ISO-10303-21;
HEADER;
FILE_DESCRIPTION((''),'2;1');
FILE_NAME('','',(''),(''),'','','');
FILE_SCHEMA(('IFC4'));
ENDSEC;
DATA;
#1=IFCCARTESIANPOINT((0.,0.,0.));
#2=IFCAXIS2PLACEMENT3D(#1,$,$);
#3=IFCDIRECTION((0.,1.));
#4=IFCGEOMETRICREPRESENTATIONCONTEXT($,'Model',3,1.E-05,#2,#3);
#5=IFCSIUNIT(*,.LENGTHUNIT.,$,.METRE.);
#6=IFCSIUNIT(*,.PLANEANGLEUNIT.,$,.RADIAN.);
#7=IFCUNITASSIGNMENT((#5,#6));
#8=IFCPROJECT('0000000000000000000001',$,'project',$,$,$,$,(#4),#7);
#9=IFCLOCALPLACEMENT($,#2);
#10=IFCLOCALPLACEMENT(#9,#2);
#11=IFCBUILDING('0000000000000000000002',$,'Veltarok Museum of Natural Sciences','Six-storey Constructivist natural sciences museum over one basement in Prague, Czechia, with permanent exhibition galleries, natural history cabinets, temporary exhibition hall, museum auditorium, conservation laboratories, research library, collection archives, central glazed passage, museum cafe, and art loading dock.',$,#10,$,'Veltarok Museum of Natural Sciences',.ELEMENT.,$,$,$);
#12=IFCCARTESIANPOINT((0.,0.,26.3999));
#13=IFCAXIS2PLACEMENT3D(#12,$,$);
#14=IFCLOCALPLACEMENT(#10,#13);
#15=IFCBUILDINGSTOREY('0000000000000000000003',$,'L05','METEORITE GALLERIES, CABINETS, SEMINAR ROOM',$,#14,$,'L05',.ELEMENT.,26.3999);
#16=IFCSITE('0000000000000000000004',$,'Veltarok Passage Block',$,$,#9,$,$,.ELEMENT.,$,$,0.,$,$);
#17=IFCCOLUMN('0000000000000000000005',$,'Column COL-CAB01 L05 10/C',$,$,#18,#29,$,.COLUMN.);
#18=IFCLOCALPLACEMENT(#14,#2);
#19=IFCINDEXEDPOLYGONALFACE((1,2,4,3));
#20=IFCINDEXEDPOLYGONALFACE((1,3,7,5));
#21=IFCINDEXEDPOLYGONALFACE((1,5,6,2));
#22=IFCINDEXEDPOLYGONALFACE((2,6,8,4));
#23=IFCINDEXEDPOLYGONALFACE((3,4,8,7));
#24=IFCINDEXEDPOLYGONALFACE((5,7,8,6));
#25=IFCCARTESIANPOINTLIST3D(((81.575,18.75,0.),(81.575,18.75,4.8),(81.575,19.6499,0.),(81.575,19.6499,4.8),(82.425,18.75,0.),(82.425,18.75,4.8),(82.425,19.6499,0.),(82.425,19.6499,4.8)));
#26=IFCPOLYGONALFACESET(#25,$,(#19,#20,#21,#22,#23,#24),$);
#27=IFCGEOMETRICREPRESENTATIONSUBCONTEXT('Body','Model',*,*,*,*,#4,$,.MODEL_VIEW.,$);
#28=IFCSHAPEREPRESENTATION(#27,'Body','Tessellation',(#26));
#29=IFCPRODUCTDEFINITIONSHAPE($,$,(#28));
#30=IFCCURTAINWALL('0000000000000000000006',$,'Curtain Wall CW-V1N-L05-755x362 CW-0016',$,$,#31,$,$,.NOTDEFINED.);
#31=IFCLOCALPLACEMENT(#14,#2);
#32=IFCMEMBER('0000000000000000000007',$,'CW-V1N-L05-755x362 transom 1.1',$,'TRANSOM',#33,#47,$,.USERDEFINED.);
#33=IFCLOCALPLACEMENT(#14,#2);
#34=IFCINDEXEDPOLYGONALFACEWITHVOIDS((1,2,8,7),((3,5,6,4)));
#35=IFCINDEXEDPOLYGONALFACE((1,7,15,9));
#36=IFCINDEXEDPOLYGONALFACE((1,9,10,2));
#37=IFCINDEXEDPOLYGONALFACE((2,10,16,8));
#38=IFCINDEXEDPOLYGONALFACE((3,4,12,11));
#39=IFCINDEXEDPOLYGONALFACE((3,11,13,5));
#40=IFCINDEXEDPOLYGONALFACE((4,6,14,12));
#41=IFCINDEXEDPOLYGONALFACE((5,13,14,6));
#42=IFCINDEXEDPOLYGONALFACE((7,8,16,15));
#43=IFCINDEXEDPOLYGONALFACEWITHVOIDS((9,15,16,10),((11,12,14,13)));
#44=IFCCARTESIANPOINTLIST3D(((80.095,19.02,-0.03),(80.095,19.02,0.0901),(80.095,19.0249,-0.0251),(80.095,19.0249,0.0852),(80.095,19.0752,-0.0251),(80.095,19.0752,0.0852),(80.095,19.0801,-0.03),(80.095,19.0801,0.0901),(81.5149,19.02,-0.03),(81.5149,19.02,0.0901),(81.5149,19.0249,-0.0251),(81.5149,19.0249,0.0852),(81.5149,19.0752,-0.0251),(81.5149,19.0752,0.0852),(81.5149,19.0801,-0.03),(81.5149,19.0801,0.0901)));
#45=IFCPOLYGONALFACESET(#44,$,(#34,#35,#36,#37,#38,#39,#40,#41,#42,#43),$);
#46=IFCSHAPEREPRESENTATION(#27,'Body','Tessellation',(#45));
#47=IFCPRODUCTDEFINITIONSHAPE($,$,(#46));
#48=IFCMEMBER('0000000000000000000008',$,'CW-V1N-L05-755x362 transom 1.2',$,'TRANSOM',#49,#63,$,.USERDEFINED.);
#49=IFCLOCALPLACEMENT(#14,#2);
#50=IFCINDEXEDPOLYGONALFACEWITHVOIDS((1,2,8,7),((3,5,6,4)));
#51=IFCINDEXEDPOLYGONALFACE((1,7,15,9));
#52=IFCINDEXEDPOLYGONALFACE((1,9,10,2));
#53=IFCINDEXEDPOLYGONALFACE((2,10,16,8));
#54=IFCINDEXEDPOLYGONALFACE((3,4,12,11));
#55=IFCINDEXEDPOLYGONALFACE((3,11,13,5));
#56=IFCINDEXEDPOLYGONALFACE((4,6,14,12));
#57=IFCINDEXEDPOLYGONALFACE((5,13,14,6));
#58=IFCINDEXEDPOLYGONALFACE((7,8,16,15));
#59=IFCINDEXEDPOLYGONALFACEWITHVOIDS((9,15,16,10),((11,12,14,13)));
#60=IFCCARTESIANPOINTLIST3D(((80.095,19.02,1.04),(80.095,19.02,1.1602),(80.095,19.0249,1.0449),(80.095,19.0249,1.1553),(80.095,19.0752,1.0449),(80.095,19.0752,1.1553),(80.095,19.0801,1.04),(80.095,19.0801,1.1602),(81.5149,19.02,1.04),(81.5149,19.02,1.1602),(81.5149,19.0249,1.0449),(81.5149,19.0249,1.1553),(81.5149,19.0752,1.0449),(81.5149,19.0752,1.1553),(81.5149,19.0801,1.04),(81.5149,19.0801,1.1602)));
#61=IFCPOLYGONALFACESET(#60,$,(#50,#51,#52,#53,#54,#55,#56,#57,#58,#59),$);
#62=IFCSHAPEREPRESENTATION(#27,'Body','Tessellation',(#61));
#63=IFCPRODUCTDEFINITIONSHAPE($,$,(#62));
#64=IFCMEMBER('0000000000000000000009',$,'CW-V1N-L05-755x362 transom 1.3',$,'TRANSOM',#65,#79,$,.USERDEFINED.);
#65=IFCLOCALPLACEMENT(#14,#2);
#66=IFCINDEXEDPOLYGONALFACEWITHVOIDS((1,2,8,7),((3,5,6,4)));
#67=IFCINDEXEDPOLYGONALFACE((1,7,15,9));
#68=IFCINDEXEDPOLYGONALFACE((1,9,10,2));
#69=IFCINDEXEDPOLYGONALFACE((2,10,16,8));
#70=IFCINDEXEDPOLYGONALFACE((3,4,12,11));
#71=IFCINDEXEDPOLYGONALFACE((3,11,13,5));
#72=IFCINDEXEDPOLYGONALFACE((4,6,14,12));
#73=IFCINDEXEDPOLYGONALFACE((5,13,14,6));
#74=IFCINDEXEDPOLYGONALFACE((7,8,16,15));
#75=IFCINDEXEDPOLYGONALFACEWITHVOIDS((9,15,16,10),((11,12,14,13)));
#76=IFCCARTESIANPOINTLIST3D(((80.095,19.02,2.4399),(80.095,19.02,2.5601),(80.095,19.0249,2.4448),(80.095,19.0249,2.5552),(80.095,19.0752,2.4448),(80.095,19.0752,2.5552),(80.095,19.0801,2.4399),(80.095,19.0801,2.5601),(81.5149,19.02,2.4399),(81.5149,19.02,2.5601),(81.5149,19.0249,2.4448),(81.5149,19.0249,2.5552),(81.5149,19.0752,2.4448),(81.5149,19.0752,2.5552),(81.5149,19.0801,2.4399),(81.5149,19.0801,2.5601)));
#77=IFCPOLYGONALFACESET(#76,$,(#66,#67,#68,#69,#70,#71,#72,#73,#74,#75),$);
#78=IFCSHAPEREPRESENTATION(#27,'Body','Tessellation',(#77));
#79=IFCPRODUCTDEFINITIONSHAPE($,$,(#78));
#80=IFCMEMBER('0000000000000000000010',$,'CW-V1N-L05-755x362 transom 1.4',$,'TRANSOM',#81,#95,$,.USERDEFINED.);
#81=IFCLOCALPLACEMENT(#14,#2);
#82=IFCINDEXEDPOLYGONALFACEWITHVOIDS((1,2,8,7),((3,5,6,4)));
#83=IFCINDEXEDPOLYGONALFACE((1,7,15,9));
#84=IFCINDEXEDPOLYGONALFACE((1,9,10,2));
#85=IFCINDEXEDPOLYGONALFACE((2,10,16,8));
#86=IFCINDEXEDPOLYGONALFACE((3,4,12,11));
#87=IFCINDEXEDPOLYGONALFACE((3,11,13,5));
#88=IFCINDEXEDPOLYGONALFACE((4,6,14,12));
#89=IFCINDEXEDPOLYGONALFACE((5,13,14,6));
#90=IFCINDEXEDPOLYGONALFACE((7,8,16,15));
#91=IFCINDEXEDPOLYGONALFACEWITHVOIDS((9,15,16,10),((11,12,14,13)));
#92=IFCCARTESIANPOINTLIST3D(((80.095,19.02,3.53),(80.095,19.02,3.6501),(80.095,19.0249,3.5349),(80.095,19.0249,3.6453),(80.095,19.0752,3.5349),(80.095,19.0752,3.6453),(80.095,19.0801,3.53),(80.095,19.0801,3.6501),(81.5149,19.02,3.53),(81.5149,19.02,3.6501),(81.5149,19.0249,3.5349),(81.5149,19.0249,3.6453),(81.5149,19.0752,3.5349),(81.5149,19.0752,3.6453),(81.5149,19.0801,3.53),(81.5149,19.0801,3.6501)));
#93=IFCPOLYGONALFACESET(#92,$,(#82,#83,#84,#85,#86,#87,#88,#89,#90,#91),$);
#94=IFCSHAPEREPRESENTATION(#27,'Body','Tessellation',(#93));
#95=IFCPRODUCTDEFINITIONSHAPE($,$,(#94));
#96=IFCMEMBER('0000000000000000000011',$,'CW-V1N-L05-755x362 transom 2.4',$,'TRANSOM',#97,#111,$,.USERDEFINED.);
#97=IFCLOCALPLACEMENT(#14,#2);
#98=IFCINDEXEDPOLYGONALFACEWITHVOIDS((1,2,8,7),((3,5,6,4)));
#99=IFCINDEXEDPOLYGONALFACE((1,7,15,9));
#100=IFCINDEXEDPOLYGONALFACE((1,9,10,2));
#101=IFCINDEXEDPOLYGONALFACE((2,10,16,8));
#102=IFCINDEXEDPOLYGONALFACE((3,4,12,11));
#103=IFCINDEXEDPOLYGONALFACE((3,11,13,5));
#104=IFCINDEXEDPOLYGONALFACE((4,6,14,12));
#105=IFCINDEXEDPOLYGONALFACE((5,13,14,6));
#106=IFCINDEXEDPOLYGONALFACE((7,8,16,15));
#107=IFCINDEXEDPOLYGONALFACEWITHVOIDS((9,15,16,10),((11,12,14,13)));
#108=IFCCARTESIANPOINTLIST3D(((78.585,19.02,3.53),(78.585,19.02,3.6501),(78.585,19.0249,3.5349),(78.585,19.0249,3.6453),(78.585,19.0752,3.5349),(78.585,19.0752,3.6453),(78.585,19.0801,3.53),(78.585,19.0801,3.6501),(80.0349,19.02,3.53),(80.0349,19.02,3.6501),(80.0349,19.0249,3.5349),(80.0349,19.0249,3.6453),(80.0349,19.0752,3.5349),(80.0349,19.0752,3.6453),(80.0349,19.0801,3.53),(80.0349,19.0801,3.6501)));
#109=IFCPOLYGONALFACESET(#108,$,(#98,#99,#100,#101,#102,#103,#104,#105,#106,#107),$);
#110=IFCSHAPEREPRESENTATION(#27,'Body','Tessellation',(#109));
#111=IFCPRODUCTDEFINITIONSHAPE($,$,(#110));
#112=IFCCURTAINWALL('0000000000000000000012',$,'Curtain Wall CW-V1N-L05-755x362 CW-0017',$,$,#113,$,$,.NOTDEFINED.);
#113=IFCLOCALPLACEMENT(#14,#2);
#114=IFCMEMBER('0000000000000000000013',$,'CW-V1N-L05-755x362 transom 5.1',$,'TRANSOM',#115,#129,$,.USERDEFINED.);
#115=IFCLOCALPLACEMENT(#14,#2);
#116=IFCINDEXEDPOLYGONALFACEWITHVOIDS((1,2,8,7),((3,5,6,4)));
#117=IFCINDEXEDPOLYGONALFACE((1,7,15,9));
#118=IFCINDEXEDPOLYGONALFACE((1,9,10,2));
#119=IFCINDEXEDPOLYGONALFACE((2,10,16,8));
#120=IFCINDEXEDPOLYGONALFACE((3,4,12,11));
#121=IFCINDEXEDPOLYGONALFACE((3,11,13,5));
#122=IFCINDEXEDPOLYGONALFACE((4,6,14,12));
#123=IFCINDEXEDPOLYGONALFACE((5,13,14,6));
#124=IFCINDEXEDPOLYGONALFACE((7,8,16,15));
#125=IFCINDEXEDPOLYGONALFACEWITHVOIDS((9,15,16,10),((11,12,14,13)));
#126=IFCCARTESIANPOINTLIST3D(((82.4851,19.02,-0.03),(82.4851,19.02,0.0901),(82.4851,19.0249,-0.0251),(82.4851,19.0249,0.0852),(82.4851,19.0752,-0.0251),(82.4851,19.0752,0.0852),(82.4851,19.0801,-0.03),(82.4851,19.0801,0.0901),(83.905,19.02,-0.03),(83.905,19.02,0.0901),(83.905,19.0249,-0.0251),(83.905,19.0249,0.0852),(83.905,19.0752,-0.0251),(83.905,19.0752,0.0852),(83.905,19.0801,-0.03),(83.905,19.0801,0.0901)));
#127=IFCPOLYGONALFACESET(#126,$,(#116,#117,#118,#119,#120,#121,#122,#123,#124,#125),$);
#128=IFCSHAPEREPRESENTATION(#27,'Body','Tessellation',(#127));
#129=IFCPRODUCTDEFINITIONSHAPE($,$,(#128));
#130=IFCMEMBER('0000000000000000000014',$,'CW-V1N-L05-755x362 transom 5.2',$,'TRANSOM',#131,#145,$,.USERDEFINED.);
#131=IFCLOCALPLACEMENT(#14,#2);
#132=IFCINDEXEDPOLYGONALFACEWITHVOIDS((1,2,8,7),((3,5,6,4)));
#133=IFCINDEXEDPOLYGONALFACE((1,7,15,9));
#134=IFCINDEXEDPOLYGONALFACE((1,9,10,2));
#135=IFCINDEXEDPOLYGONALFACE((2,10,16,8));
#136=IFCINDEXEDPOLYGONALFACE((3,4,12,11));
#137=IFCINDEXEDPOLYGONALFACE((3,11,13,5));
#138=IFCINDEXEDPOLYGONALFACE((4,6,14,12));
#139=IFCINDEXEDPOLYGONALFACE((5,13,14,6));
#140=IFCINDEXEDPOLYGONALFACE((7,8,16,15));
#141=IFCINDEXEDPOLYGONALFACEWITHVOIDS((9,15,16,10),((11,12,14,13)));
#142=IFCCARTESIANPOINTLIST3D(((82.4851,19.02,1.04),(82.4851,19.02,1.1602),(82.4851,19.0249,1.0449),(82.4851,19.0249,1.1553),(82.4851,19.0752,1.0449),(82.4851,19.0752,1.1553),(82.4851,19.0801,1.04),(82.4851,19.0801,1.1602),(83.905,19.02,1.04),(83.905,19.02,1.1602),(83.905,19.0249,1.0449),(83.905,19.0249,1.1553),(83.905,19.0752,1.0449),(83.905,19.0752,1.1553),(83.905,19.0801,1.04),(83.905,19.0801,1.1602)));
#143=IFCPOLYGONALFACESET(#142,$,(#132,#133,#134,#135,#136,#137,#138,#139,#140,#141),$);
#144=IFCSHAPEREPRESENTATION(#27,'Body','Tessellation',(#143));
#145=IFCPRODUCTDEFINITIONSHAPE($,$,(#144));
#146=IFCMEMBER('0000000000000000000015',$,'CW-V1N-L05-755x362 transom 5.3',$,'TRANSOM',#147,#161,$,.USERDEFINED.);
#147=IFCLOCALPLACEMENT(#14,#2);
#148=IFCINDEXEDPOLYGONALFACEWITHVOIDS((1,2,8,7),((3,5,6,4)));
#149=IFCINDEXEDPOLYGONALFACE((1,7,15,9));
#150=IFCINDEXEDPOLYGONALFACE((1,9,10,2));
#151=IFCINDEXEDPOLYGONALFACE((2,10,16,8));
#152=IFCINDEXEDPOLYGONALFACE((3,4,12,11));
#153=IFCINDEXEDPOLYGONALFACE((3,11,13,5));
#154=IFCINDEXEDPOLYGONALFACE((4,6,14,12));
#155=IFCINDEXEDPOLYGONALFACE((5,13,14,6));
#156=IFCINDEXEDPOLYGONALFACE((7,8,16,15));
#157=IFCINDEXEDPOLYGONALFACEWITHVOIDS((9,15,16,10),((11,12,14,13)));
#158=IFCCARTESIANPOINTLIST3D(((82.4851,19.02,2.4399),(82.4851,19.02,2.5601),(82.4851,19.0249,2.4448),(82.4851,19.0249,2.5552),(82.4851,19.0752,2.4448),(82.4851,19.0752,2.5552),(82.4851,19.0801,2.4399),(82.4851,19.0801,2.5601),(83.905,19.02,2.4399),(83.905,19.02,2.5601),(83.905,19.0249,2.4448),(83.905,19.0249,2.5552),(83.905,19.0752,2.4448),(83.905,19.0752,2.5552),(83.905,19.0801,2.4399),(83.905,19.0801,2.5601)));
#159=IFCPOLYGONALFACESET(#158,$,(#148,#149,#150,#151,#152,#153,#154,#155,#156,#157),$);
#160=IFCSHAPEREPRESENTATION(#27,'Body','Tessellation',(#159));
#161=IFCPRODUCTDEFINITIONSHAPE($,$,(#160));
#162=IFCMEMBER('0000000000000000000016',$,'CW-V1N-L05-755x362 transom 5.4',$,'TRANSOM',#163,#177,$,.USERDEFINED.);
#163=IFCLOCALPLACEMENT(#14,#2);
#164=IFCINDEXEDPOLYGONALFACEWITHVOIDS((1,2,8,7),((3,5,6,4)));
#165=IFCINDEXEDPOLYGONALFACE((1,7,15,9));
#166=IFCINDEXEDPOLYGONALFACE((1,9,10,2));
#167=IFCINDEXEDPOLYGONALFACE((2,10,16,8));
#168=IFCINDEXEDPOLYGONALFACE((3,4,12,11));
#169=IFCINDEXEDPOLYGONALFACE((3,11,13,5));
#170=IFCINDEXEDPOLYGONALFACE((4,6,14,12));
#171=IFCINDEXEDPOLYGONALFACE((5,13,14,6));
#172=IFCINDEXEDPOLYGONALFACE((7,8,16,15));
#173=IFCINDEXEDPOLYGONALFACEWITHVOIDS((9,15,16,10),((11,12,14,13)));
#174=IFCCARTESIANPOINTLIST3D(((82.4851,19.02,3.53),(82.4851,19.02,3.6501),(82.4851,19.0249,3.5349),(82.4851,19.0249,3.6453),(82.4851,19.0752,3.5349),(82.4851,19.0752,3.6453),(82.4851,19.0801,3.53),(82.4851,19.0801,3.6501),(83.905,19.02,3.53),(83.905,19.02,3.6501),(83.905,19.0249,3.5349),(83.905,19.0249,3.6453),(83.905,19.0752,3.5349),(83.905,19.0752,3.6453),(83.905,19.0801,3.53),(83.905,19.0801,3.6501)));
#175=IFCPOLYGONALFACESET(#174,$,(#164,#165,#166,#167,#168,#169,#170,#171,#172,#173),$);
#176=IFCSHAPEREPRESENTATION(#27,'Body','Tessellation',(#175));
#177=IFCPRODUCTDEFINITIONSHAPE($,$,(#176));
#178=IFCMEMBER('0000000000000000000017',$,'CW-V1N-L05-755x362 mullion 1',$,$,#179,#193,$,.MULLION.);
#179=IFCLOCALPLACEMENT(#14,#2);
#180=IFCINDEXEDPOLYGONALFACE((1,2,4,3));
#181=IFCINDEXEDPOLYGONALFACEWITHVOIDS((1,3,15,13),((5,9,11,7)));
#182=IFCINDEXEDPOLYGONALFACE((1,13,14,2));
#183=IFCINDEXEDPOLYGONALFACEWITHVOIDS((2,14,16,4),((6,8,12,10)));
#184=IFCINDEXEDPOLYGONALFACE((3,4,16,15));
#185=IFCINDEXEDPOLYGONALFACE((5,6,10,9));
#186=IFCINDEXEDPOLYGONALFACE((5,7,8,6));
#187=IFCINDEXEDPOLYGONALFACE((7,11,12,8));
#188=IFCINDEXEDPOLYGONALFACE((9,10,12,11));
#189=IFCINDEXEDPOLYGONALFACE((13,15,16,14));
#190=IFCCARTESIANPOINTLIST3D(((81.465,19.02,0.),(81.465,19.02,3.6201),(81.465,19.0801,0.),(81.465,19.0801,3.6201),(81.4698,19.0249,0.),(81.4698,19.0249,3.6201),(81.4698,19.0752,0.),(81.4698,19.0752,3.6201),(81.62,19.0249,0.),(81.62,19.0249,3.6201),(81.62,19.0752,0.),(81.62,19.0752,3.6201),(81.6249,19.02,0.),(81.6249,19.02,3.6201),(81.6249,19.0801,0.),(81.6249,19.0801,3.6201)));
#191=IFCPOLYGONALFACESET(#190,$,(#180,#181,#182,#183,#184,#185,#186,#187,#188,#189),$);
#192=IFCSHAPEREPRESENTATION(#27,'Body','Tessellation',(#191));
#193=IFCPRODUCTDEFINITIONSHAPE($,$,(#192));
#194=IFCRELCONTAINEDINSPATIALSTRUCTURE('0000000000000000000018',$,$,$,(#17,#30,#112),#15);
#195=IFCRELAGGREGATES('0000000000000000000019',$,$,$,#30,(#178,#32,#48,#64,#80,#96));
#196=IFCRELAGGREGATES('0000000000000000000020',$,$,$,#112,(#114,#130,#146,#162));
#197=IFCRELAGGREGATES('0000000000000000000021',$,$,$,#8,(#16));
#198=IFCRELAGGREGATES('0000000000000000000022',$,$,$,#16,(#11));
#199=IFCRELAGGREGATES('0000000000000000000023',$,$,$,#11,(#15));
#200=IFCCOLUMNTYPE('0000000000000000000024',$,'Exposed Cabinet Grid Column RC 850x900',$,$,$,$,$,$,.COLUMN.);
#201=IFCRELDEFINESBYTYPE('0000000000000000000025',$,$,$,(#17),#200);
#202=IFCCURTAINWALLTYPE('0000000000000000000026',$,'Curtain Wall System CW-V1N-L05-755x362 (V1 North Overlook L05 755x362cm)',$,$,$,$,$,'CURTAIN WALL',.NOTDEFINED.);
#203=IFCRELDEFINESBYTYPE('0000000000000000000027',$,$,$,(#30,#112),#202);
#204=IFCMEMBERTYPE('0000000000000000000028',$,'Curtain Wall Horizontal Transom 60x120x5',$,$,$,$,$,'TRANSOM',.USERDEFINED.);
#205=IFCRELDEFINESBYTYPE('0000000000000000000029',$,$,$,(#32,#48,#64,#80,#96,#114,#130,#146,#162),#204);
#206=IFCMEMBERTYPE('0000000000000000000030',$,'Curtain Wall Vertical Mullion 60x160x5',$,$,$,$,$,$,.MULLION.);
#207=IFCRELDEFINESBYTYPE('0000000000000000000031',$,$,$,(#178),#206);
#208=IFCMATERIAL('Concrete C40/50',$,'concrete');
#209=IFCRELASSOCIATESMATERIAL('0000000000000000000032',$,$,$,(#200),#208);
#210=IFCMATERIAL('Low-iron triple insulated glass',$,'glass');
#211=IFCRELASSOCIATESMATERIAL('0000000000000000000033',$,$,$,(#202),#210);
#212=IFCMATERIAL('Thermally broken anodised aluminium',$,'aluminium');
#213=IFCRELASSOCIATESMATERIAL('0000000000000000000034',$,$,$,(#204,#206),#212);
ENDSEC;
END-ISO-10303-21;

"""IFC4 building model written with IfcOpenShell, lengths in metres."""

from ifc_helpers import new_model, si_unit, direction, frame, origin, origin_2d, place, context, subcontext, project, spatial, rectangle, hollow_rectangle, extrude, material, material_profile, profile_set, type_object, element, aggregate, save


model = new_model("IFC4")

# Units and contexts
model_context = context("Model", 3, precision=1e-05, world=origin(), true_north=direction((0.0, 1.0)))
body_context = subcontext(model_context, "Body", "Model", "MODEL_VIEW")
ifc_project = project(units=[si_unit("LENGTHUNIT", "METRE"), si_unit("PLANEANGLEUNIT", "RADIAN")], contexts=[model_context])

# Site, building, storey
site_placement = place(None, origin())
site = spatial("IfcSite", under=ifc_project, at=site_placement, Name="Veltarok Passage Block", CompositionType="ELEMENT", RefElevation=0.0)
building_placement = place(site_placement, origin())
building = spatial("IfcBuilding", under=site, at=building_placement, Name="Veltarok Museum of Natural Sciences", Description="Six-storey Constructivist natural sciences museum over one basement in Prague, Czechia, with permanent exhibition galleries, natural history cabinets, temporary exhibition hall, museum auditorium, conservation laboratories, research library, collection archives, central glazed passage, museum cafe, and art loading dock.", LongName="Veltarok Museum of Natural Sciences", CompositionType="ELEMENT")
storey_placement = place(building_placement, frame((0.0, 0.0, 26.3999)))
storey = spatial("IfcBuildingStorey", under=building, at=storey_placement, Name="L05", Description="METEORITE GALLERIES, CABINETS, SEMINAR ROOM", LongName="L05", CompositionType="ELEMENT", Elevation=26.3999)

# Column
ifc_material_1 = material(Name="Concrete C40/50", Category="concrete")
ifc_material_profile_1 = material_profile(ifc_material_1, rectangle(XDim=0.8501, YDim=0.8999, at=origin_2d()), Name="RC 850x900")
ifc_profile_set_1 = profile_set([ifc_material_profile_1], Name="Concrete C40/50")
column_type = type_object("IfcColumnType", Name="Exposed Cabinet Grid Column RC 850x900", PredefinedType="COLUMN", material=ifc_profile_set_1)
column_placement = place(storey_placement, frame((82.0, 19.2, 0.0), z_axis=(0.0, 0.0, 1.0), x_axis=(1.0, 0.0, 0.0)))
element("IfcColumn", 1, at=column_placement, inside=storey, type_object=column_type, Name="Column COL-CAB01 L05 10/C", PredefinedType="COLUMN", context=body_context, shape_type="SweptSolid", body=[
    extrude(rectangle(XDim=0.8501, YDim=0.8999, at=origin_2d()), origin(), (0.0, 0.0, 1.0), 4.8),
])

# Curtain walls, members
ifc_material_2 = material(Name="Low-iron triple insulated glass", Category="glass")
curtain_wall_type = type_object("IfcCurtainWallType", Name="Curtain Wall System CW-V1N-L05-755x362 (V1 North Overlook L05 755x362cm)", ElementType="CURTAIN WALL", PredefinedType="NOTDEFINED", material=ifc_material_2)
curtain_wall_1_placement = place(storey_placement, origin())
curtain_wall_1 = element("IfcCurtainWall", 2, at=curtain_wall_1_placement, inside=storey, type_object=curtain_wall_type, Name="Curtain Wall CW-V1N-L05-755x362 CW-0016", PredefinedType="NOTDEFINED")
ifc_material_3 = material(Name="Thermally broken anodised aluminium", Category="aluminium")
ifc_material_profile_2 = material_profile(ifc_material_3, hollow_rectangle(XDim=0.0601, YDim=0.1201, WallThickness=0.0049, at=origin_2d()), Name="CW TRANSOM 60x120x5")
ifc_profile_set_2 = profile_set([ifc_material_profile_2], Name="Thermally broken anodised aluminium")
member_type_1 = type_object("IfcMemberType", Name="Curtain Wall Horizontal Transom 60x120x5", ElementType="TRANSOM", PredefinedType="USERDEFINED", material=ifc_profile_set_2)
member_1_placement = place(storey_placement, frame((81.5149, 19.05, 0.03), z_axis=(-1.0, 0.0, 0.0), x_axis=(0.0, -1.0, 0.0)))
member_1 = element("IfcMember", 3, at=member_1_placement, type_object=member_type_1, Name="CW-V1N-L05-755x362 transom 1.1", ObjectType="TRANSOM", PredefinedType="USERDEFINED", context=body_context, shape_type="SweptSolid", body=[
    extrude(hollow_rectangle(XDim=0.0601, YDim=0.1201, WallThickness=0.0049, at=origin_2d()), origin(), (0.0, 0.0, 1.0), 1.4199),
])
member_2_placement = place(storey_placement, frame((81.5149, 19.05, 1.1001), z_axis=(-1.0, 0.0, 0.0), x_axis=(0.0, -1.0, 0.0)))
member_2 = element("IfcMember", 4, at=member_2_placement, type_object=member_type_1, Name="CW-V1N-L05-755x362 transom 1.2", ObjectType="TRANSOM", PredefinedType="USERDEFINED", context=body_context, shape_type="SweptSolid", body=[
    extrude(hollow_rectangle(XDim=0.0601, YDim=0.1201, WallThickness=0.0049, at=origin_2d()), origin(), (0.0, 0.0, 1.0), 1.4199),
])
member_3_placement = place(storey_placement, frame((81.5149, 19.05, 2.5), z_axis=(-1.0, 0.0, 0.0), x_axis=(0.0, -1.0, 0.0)))
member_3 = element("IfcMember", 5, at=member_3_placement, type_object=member_type_1, Name="CW-V1N-L05-755x362 transom 1.3", ObjectType="TRANSOM", PredefinedType="USERDEFINED", context=body_context, shape_type="SweptSolid", body=[
    extrude(hollow_rectangle(XDim=0.0601, YDim=0.1201, WallThickness=0.0049, at=origin_2d()), origin(), (0.0, 0.0, 1.0), 1.4199),
])
member_4_placement = place(storey_placement, frame((81.5149, 19.05, 3.5901), z_axis=(-1.0, 0.0, 0.0), x_axis=(0.0, -1.0, 0.0)))
member_4 = element("IfcMember", 6, at=member_4_placement, type_object=member_type_1, Name="CW-V1N-L05-755x362 transom 1.4", ObjectType="TRANSOM", PredefinedType="USERDEFINED", context=body_context, shape_type="SweptSolid", body=[
    extrude(hollow_rectangle(XDim=0.0601, YDim=0.1201, WallThickness=0.0049, at=origin_2d()), origin(), (0.0, 0.0, 1.0), 1.4199),
])
member_5_placement = place(storey_placement, frame((80.0349, 19.05, 3.5901), z_axis=(-1.0, 0.0, 0.0), x_axis=(0.0, -1.0, 0.0)))
member_5 = element("IfcMember", 7, at=member_5_placement, type_object=member_type_1, Name="CW-V1N-L05-755x362 transom 2.4", ObjectType="TRANSOM", PredefinedType="USERDEFINED", context=body_context, shape_type="SweptSolid", body=[
    extrude(hollow_rectangle(XDim=0.0601, YDim=0.1201, WallThickness=0.0049, at=origin_2d()), origin(), (0.0, 0.0, 1.0), 1.45),
])
curtain_wall_2_placement = place(storey_placement, origin())
curtain_wall_2 = element("IfcCurtainWall", 8, at=curtain_wall_2_placement, inside=storey, type_object=curtain_wall_type, Name="Curtain Wall CW-V1N-L05-755x362 CW-0017", PredefinedType="NOTDEFINED")
member_6_placement = place(storey_placement, frame((83.905, 19.05, 0.03), z_axis=(-1.0, 0.0, 0.0), x_axis=(0.0, -1.0, 0.0)))
member_6 = element("IfcMember", 9, at=member_6_placement, type_object=member_type_1, Name="CW-V1N-L05-755x362 transom 5.1", ObjectType="TRANSOM", PredefinedType="USERDEFINED", context=body_context, shape_type="SweptSolid", body=[
    extrude(hollow_rectangle(XDim=0.0601, YDim=0.1201, WallThickness=0.0049, at=origin_2d()), origin(), (0.0, 0.0, 1.0), 1.4199),
])
member_7_placement = place(storey_placement, frame((83.905, 19.05, 1.1001), z_axis=(-1.0, 0.0, 0.0), x_axis=(0.0, -1.0, 0.0)))
member_7 = element("IfcMember", 10, at=member_7_placement, type_object=member_type_1, Name="CW-V1N-L05-755x362 transom 5.2", ObjectType="TRANSOM", PredefinedType="USERDEFINED", context=body_context, shape_type="SweptSolid", body=[
    extrude(hollow_rectangle(XDim=0.0601, YDim=0.1201, WallThickness=0.0049, at=origin_2d()), origin(), (0.0, 0.0, 1.0), 1.4199),
])
member_8_placement = place(storey_placement, frame((83.905, 19.05, 2.5), z_axis=(-1.0, 0.0, 0.0), x_axis=(0.0, -1.0, 0.0)))
member_8 = element("IfcMember", 11, at=member_8_placement, type_object=member_type_1, Name="CW-V1N-L05-755x362 transom 5.3", ObjectType="TRANSOM", PredefinedType="USERDEFINED", context=body_context, shape_type="SweptSolid", body=[
    extrude(hollow_rectangle(XDim=0.0601, YDim=0.1201, WallThickness=0.0049, at=origin_2d()), origin(), (0.0, 0.0, 1.0), 1.4199),
])
member_9_placement = place(storey_placement, frame((83.905, 19.05, 3.5901), z_axis=(-1.0, 0.0, 0.0), x_axis=(0.0, -1.0, 0.0)))
member_9 = element("IfcMember", 12, at=member_9_placement, type_object=member_type_1, Name="CW-V1N-L05-755x362 transom 5.4", ObjectType="TRANSOM", PredefinedType="USERDEFINED", context=body_context, shape_type="SweptSolid", body=[
    extrude(hollow_rectangle(XDim=0.0601, YDim=0.1201, WallThickness=0.0049, at=origin_2d()), origin(), (0.0, 0.0, 1.0), 1.4199),
])

# Member
ifc_material_profile_3 = material_profile(ifc_material_3, hollow_rectangle(XDim=0.0601, YDim=0.1599, WallThickness=0.0049, at=origin_2d()), Name="CW MULLION 60x160x5")
ifc_profile_set_3 = profile_set([ifc_material_profile_3], Name="Thermally broken anodised aluminium")
member_type_2 = type_object("IfcMemberType", Name="Curtain Wall Vertical Mullion 60x160x5", PredefinedType="MULLION", material=ifc_profile_set_3)
member_10_placement = place(storey_placement, frame((81.5449, 19.05, 0.0), z_axis=(0.0, 0.0, 1.0), x_axis=(0.0, -1.0, 0.0)))
member_10 = element("IfcMember", 13, at=member_10_placement, type_object=member_type_2, Name="CW-V1N-L05-755x362 mullion 1", PredefinedType="MULLION", context=body_context, shape_type="SweptSolid", body=[
    extrude(hollow_rectangle(XDim=0.0601, YDim=0.1599, WallThickness=0.0049, at=origin_2d()), origin(), (0.0, 0.0, 1.0), 3.6201),
])

aggregate(curtain_wall_1, [member_10, member_1, member_2, member_3, member_4, member_5])
aggregate(curtain_wall_2, [member_6, member_7, member_8, member_9])

save(model, "model.ifc")
